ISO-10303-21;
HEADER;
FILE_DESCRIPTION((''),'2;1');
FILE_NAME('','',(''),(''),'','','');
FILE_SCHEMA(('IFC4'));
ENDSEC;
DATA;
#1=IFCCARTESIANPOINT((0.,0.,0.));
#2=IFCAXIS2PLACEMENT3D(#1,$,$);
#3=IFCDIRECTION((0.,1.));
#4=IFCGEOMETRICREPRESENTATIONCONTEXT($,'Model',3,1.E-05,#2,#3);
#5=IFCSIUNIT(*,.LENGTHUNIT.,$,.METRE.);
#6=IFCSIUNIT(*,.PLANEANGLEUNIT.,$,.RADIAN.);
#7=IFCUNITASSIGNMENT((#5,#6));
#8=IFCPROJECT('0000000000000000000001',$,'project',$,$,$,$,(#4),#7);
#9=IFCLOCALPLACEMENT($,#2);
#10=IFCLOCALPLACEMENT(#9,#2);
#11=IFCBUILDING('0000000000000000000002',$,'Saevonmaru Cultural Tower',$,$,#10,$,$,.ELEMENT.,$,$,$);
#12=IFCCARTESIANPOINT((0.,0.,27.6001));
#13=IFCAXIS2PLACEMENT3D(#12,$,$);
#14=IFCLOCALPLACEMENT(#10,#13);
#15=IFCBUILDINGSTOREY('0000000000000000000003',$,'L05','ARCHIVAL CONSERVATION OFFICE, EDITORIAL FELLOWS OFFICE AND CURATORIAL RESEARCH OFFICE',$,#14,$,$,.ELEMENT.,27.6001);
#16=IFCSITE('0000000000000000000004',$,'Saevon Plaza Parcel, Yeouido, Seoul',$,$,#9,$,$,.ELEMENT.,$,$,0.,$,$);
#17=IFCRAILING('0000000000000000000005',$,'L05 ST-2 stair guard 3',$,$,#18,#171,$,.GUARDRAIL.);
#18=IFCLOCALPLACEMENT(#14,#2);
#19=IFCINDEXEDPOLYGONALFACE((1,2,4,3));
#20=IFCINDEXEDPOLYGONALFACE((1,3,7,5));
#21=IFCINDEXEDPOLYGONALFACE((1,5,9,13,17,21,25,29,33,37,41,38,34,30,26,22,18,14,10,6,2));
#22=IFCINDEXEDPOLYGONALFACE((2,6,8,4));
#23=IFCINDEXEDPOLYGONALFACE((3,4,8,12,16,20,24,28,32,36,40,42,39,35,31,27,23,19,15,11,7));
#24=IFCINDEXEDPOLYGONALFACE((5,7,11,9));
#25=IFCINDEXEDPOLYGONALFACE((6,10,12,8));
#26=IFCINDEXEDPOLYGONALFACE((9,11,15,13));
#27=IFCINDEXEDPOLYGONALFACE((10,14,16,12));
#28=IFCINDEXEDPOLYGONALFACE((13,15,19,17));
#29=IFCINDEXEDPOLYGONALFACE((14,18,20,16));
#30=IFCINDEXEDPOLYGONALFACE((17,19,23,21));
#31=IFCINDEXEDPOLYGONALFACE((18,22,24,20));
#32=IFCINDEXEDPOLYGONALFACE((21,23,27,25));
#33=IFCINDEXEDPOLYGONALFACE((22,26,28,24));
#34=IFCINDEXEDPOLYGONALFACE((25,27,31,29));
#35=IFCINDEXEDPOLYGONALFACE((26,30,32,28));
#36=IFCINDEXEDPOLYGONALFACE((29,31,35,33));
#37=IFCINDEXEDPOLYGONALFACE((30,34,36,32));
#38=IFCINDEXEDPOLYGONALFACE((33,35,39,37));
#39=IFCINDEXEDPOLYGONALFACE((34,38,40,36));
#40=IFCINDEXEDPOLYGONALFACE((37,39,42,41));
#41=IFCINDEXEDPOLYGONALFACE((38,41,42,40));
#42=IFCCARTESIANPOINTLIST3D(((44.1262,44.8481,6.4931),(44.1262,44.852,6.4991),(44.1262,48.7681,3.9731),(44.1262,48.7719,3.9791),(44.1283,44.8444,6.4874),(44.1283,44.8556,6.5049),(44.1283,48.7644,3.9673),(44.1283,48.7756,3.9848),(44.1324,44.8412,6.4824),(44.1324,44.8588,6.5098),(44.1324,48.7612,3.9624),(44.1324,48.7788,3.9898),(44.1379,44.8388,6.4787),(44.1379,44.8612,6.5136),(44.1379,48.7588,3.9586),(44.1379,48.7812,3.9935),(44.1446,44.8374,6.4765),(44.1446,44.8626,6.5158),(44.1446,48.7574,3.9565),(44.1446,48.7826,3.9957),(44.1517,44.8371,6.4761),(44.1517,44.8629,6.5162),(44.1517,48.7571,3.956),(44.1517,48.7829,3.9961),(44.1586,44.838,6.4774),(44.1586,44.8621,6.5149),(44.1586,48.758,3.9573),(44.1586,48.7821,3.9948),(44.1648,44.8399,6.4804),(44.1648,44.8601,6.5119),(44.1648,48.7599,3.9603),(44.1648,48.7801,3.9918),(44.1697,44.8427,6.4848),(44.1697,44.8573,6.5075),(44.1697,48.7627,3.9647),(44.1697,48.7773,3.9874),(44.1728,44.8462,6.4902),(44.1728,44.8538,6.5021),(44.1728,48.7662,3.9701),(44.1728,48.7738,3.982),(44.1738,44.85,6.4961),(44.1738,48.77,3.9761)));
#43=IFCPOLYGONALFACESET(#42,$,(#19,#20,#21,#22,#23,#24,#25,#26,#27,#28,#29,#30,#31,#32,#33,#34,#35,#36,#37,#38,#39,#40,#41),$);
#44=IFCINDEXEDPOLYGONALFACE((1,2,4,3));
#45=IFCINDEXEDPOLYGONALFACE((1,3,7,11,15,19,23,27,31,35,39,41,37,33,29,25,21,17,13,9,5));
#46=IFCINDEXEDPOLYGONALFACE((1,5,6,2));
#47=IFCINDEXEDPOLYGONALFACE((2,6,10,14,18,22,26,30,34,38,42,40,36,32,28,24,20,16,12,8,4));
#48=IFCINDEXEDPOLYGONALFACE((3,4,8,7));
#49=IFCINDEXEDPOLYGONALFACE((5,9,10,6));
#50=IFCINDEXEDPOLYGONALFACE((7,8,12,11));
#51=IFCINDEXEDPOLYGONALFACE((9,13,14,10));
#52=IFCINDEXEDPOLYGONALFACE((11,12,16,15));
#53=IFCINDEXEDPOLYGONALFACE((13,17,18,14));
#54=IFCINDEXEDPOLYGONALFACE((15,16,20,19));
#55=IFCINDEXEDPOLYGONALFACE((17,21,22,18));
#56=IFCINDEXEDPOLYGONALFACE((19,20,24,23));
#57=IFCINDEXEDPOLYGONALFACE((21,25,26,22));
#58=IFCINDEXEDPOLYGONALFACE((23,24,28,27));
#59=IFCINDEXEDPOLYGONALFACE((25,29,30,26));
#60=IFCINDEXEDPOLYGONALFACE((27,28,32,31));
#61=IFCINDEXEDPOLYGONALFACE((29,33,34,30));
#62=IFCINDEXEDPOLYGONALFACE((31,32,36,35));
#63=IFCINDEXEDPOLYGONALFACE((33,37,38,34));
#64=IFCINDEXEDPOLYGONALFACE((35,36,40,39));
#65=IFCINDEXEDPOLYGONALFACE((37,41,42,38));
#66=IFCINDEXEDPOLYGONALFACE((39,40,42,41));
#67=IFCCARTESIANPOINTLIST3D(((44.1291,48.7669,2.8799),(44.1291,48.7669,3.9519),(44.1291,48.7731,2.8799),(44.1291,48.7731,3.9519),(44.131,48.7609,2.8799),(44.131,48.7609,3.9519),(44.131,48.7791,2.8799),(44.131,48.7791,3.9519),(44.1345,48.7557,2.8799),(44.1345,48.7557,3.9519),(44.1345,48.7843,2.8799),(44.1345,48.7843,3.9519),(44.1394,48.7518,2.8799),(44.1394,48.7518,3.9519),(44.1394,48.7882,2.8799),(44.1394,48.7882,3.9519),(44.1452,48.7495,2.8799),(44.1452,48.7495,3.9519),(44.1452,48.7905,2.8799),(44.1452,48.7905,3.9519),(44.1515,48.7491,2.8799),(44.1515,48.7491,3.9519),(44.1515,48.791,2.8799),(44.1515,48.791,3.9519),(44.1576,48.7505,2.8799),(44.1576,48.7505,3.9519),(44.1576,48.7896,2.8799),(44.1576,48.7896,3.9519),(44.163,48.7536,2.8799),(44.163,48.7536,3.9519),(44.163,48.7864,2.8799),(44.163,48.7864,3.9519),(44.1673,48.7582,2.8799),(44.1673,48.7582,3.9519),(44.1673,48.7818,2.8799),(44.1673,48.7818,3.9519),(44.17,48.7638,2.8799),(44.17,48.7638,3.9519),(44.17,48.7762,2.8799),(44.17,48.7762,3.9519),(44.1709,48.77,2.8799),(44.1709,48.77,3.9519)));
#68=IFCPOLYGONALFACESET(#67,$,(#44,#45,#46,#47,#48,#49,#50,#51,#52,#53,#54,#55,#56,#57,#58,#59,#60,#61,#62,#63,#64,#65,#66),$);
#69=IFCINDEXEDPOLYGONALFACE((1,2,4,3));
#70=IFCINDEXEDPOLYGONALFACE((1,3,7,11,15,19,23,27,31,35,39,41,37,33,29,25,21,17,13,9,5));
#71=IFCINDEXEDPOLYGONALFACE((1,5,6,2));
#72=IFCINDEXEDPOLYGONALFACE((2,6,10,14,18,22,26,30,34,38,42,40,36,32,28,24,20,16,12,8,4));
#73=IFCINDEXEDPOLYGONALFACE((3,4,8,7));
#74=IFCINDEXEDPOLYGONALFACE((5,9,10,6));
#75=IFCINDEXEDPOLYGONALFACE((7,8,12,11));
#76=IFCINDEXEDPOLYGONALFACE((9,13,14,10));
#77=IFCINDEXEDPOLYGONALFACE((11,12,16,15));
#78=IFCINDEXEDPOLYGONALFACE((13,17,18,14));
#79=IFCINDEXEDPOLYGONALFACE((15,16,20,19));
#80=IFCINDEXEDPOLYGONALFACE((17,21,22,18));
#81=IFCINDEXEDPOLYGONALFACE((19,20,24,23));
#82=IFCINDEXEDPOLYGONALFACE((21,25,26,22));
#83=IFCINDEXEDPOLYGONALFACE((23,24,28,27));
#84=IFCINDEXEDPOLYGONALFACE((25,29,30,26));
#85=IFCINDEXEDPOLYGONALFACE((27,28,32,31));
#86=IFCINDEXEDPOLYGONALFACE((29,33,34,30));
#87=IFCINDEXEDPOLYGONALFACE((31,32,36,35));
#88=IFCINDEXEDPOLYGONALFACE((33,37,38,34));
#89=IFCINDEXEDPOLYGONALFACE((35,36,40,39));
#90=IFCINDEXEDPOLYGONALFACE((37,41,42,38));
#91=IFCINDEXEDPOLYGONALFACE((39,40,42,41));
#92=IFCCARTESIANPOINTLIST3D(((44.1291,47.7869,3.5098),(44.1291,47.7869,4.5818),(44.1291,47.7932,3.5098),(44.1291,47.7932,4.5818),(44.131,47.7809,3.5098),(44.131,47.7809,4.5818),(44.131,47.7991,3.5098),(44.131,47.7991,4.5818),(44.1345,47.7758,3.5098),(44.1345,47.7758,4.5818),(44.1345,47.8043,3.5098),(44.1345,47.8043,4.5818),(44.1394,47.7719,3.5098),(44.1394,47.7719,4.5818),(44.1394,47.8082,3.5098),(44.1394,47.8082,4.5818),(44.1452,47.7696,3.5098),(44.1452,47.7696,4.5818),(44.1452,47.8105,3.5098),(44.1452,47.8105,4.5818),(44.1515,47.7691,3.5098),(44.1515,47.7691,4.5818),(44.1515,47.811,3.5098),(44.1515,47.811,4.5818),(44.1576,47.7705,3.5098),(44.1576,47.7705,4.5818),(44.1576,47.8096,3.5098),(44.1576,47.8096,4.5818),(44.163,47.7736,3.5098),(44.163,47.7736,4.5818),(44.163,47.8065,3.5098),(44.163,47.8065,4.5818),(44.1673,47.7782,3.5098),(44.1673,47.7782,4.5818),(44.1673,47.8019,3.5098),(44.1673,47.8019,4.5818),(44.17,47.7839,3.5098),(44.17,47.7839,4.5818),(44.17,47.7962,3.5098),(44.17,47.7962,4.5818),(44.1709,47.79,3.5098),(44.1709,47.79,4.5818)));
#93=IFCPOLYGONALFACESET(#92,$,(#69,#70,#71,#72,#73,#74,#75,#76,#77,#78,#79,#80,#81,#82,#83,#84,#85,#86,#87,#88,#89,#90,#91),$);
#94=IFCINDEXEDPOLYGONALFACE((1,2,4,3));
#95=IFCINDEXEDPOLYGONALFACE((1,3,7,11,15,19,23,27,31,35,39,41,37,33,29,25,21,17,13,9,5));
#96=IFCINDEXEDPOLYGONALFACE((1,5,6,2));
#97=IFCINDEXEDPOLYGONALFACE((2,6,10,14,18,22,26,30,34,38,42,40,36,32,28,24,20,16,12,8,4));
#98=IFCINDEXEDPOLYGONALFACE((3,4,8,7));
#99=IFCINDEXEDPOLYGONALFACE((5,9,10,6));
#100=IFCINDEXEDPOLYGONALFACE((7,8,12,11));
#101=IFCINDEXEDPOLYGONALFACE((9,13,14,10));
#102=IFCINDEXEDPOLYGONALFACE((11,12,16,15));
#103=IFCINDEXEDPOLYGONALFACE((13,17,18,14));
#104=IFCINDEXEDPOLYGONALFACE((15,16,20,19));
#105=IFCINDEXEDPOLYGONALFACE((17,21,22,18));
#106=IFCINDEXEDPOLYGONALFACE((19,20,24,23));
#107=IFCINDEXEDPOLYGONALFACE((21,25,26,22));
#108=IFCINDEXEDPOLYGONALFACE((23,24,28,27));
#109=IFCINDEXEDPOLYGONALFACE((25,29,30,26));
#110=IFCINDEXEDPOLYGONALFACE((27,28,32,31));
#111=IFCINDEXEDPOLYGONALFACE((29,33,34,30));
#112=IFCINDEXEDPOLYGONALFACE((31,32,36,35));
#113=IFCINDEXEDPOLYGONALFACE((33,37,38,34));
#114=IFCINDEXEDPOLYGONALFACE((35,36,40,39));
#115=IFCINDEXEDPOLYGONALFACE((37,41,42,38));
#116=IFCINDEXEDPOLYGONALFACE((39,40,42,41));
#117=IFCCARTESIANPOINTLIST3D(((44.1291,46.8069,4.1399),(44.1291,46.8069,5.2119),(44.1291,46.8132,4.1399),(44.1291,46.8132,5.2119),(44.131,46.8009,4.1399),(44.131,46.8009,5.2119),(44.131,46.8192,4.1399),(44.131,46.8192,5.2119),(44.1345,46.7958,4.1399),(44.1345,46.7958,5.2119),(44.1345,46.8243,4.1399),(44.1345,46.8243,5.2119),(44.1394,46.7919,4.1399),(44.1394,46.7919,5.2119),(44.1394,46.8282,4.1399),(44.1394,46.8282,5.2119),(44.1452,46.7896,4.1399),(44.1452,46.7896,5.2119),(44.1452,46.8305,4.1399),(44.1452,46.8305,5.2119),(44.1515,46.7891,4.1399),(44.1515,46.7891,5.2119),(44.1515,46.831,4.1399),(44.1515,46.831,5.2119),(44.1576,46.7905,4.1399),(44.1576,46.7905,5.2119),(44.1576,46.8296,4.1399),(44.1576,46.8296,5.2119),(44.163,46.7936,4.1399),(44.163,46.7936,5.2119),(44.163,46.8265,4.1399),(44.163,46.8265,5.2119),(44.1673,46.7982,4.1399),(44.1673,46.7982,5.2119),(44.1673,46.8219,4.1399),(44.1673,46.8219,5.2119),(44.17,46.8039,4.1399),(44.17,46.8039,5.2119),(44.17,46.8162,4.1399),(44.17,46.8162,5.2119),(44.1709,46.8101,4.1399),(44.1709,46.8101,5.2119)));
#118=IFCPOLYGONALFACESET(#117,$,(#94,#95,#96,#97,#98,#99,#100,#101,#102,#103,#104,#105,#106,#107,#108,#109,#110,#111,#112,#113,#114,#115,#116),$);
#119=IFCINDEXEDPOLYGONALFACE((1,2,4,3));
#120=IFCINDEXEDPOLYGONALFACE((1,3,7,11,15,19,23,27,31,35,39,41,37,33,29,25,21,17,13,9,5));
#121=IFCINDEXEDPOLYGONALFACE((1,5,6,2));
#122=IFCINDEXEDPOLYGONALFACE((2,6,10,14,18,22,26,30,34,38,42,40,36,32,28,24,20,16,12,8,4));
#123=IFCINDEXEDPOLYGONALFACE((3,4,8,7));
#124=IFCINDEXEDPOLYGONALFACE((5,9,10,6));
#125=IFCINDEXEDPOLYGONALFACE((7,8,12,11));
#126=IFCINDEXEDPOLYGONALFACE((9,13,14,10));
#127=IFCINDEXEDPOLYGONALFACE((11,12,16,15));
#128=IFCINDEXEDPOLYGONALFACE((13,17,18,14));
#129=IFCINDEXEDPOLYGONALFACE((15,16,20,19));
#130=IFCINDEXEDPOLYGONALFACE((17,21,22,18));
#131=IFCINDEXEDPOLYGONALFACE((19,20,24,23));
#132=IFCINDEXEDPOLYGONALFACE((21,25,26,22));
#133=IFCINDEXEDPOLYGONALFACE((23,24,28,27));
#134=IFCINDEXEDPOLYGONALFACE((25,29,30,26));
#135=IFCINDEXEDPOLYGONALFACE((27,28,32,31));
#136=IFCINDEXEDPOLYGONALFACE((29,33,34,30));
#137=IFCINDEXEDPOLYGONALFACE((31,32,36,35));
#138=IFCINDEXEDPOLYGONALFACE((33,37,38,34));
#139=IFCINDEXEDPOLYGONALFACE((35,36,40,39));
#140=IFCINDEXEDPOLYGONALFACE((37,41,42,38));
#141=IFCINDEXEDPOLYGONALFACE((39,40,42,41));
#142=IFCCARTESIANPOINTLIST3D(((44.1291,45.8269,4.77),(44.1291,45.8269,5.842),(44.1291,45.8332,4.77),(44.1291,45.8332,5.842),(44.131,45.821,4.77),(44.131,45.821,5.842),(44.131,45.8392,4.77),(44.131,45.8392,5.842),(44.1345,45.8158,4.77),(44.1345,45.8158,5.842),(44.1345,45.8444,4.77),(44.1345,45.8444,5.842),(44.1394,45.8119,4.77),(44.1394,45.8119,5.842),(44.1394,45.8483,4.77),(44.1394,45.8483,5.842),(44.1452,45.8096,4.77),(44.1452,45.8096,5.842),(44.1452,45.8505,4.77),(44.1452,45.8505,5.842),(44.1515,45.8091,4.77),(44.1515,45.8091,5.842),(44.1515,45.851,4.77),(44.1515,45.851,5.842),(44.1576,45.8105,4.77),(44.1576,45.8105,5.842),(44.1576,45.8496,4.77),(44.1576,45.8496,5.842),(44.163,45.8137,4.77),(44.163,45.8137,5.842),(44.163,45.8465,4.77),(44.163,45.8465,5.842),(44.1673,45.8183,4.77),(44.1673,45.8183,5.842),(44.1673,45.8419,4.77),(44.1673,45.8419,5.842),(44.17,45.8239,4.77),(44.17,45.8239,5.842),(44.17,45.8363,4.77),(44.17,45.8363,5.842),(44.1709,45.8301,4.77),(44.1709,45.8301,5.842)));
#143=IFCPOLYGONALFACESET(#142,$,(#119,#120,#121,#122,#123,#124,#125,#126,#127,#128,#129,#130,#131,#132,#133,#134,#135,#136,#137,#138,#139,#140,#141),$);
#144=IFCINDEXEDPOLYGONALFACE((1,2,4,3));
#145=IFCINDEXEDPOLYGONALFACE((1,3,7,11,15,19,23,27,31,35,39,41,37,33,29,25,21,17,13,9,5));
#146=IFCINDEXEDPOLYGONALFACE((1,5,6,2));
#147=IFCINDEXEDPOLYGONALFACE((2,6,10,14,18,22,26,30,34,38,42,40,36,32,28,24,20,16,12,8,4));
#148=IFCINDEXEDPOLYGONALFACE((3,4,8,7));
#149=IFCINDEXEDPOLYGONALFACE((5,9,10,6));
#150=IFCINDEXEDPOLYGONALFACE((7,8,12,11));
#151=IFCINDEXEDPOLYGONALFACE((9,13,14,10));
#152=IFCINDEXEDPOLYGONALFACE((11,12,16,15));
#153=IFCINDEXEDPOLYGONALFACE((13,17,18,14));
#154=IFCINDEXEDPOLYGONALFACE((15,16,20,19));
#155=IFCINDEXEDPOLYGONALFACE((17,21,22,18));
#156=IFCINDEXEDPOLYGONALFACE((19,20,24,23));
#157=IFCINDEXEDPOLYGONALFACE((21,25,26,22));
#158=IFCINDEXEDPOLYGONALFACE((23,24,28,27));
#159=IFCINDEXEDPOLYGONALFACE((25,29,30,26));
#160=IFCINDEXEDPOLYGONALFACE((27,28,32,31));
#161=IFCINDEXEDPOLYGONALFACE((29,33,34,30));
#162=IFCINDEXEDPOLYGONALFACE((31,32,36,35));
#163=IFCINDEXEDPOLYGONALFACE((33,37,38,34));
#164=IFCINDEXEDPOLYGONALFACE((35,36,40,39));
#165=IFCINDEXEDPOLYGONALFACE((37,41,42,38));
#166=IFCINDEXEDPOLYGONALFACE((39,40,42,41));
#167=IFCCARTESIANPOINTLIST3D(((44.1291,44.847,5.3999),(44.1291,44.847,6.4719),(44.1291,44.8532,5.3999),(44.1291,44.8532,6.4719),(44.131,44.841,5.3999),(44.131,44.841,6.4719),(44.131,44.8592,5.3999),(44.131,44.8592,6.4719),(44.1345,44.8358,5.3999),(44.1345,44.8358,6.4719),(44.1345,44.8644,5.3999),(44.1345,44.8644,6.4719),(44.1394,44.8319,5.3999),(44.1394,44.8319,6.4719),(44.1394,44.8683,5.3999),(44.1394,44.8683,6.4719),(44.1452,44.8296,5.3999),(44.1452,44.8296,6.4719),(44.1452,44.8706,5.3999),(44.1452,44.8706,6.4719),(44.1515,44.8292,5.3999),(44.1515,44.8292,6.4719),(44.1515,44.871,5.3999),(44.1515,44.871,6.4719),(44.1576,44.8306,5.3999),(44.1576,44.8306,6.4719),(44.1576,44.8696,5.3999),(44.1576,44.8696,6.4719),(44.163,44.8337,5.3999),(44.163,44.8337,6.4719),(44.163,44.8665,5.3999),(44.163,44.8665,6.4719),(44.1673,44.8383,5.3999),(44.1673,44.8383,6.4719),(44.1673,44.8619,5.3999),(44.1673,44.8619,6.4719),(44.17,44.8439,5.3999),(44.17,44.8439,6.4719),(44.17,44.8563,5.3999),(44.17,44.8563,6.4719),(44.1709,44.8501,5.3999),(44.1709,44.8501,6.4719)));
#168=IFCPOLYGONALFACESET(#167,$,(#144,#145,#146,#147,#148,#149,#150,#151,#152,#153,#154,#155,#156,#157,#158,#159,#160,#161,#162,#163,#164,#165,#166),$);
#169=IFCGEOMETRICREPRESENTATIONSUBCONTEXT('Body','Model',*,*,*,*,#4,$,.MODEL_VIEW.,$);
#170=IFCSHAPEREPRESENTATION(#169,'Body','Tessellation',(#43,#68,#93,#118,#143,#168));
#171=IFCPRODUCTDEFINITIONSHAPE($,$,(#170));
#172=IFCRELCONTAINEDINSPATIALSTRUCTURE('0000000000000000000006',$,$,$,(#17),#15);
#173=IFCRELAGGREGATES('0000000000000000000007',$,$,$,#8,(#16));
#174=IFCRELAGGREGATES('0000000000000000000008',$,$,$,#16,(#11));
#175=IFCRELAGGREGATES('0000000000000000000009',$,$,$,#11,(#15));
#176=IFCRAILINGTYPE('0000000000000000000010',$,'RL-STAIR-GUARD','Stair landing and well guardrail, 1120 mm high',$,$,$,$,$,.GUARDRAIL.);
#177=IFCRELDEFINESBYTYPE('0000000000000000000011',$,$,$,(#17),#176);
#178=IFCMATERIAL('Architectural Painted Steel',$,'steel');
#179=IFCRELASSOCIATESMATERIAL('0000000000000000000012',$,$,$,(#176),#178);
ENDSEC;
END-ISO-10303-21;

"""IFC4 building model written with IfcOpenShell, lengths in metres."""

from ifc_helpers import new_model, si_unit, direction, frame, origin, origin_2d, place, context, subcontext, project, spatial, circle, extrude, material, type_object, element, save


model = new_model("IFC4")

# Units and contexts
model_context = context("Model", 3, precision=1e-05, world=origin(), true_north=direction((0.0, 1.0)))
body_context = subcontext(model_context, "Body", "Model", "MODEL_VIEW")
ifc_project = project(units=[si_unit("LENGTHUNIT", "METRE"), si_unit("PLANEANGLEUNIT", "RADIAN")], contexts=[model_context])

# Site, building, storey
site_placement = place(None, origin())
site = spatial("IfcSite", under=ifc_project, at=site_placement, Name="Saevon Plaza Parcel, Yeouido, Seoul", CompositionType="ELEMENT", RefElevation=0.0)
building_placement = place(site_placement, origin())
building = spatial("IfcBuilding", under=site, at=building_placement, Name="Saevonmaru Cultural Tower", CompositionType="ELEMENT")
storey_placement = place(building_placement, frame((0.0, 0.0, 27.6001)))
storey = spatial("IfcBuildingStorey", under=building, at=storey_placement, Name="L05", Description="ARCHIVAL CONSERVATION OFFICE, EDITORIAL FELLOWS OFFICE AND CURATORIAL RESEARCH OFFICE", CompositionType="ELEMENT", Elevation=27.6001)

# Railing
ifc_material_1 = material(Name="Architectural Painted Steel", Category="steel")
railing_type_1 = type_object("IfcRailingType", Name="RL-STAIR-GUARD", Description="Stair landing and well guardrail, 1120 mm high", PredefinedType="GUARDRAIL", material=ifc_material_1)
railing_1_placement = place(storey_placement, frame((44.1499, 48.77, 2.8799)))
element("IfcRailing", 1, at=railing_1_placement, inside=storey, type_object=railing_type_1, Name="L05 ST-2 stair guard 3", PredefinedType="GUARDRAIL", context=body_context, shape_type="SweptSolid", body=[
    extrude(circle(Radius=0.0239, at=origin_2d()), frame((0.0, 0.0, 1.0962), z_axis=(0.0, -0.841172, 0.540768), x_axis=(1.0, 0.0, 0.0)), (0.0, 0.0, 1.0), 4.6602),
    extrude(circle(Radius=0.021, at=origin_2d()), origin(), (0.0, 0.0, 1.0), 1.072),
    extrude(circle(Radius=0.021, at=origin_2d()), frame((0.0, -0.98, 0.6299)), (0.0, 0.0, 1.0), 1.072),
    extrude(circle(Radius=0.021, at=origin_2d()), frame((0.0, -1.96, 1.26)), (0.0, 0.0, 1.0), 1.072),
    extrude(circle(Radius=0.021, at=origin_2d()), frame((0.0, -2.9399, 1.8901)), (0.0, 0.0, 1.0), 1.072),
    extrude(circle(Radius=0.021, at=origin_2d()), frame((0.0, -3.9199, 2.52)), (0.0, 0.0, 1.0), 1.072),
])

save(model, "model.ifc")
